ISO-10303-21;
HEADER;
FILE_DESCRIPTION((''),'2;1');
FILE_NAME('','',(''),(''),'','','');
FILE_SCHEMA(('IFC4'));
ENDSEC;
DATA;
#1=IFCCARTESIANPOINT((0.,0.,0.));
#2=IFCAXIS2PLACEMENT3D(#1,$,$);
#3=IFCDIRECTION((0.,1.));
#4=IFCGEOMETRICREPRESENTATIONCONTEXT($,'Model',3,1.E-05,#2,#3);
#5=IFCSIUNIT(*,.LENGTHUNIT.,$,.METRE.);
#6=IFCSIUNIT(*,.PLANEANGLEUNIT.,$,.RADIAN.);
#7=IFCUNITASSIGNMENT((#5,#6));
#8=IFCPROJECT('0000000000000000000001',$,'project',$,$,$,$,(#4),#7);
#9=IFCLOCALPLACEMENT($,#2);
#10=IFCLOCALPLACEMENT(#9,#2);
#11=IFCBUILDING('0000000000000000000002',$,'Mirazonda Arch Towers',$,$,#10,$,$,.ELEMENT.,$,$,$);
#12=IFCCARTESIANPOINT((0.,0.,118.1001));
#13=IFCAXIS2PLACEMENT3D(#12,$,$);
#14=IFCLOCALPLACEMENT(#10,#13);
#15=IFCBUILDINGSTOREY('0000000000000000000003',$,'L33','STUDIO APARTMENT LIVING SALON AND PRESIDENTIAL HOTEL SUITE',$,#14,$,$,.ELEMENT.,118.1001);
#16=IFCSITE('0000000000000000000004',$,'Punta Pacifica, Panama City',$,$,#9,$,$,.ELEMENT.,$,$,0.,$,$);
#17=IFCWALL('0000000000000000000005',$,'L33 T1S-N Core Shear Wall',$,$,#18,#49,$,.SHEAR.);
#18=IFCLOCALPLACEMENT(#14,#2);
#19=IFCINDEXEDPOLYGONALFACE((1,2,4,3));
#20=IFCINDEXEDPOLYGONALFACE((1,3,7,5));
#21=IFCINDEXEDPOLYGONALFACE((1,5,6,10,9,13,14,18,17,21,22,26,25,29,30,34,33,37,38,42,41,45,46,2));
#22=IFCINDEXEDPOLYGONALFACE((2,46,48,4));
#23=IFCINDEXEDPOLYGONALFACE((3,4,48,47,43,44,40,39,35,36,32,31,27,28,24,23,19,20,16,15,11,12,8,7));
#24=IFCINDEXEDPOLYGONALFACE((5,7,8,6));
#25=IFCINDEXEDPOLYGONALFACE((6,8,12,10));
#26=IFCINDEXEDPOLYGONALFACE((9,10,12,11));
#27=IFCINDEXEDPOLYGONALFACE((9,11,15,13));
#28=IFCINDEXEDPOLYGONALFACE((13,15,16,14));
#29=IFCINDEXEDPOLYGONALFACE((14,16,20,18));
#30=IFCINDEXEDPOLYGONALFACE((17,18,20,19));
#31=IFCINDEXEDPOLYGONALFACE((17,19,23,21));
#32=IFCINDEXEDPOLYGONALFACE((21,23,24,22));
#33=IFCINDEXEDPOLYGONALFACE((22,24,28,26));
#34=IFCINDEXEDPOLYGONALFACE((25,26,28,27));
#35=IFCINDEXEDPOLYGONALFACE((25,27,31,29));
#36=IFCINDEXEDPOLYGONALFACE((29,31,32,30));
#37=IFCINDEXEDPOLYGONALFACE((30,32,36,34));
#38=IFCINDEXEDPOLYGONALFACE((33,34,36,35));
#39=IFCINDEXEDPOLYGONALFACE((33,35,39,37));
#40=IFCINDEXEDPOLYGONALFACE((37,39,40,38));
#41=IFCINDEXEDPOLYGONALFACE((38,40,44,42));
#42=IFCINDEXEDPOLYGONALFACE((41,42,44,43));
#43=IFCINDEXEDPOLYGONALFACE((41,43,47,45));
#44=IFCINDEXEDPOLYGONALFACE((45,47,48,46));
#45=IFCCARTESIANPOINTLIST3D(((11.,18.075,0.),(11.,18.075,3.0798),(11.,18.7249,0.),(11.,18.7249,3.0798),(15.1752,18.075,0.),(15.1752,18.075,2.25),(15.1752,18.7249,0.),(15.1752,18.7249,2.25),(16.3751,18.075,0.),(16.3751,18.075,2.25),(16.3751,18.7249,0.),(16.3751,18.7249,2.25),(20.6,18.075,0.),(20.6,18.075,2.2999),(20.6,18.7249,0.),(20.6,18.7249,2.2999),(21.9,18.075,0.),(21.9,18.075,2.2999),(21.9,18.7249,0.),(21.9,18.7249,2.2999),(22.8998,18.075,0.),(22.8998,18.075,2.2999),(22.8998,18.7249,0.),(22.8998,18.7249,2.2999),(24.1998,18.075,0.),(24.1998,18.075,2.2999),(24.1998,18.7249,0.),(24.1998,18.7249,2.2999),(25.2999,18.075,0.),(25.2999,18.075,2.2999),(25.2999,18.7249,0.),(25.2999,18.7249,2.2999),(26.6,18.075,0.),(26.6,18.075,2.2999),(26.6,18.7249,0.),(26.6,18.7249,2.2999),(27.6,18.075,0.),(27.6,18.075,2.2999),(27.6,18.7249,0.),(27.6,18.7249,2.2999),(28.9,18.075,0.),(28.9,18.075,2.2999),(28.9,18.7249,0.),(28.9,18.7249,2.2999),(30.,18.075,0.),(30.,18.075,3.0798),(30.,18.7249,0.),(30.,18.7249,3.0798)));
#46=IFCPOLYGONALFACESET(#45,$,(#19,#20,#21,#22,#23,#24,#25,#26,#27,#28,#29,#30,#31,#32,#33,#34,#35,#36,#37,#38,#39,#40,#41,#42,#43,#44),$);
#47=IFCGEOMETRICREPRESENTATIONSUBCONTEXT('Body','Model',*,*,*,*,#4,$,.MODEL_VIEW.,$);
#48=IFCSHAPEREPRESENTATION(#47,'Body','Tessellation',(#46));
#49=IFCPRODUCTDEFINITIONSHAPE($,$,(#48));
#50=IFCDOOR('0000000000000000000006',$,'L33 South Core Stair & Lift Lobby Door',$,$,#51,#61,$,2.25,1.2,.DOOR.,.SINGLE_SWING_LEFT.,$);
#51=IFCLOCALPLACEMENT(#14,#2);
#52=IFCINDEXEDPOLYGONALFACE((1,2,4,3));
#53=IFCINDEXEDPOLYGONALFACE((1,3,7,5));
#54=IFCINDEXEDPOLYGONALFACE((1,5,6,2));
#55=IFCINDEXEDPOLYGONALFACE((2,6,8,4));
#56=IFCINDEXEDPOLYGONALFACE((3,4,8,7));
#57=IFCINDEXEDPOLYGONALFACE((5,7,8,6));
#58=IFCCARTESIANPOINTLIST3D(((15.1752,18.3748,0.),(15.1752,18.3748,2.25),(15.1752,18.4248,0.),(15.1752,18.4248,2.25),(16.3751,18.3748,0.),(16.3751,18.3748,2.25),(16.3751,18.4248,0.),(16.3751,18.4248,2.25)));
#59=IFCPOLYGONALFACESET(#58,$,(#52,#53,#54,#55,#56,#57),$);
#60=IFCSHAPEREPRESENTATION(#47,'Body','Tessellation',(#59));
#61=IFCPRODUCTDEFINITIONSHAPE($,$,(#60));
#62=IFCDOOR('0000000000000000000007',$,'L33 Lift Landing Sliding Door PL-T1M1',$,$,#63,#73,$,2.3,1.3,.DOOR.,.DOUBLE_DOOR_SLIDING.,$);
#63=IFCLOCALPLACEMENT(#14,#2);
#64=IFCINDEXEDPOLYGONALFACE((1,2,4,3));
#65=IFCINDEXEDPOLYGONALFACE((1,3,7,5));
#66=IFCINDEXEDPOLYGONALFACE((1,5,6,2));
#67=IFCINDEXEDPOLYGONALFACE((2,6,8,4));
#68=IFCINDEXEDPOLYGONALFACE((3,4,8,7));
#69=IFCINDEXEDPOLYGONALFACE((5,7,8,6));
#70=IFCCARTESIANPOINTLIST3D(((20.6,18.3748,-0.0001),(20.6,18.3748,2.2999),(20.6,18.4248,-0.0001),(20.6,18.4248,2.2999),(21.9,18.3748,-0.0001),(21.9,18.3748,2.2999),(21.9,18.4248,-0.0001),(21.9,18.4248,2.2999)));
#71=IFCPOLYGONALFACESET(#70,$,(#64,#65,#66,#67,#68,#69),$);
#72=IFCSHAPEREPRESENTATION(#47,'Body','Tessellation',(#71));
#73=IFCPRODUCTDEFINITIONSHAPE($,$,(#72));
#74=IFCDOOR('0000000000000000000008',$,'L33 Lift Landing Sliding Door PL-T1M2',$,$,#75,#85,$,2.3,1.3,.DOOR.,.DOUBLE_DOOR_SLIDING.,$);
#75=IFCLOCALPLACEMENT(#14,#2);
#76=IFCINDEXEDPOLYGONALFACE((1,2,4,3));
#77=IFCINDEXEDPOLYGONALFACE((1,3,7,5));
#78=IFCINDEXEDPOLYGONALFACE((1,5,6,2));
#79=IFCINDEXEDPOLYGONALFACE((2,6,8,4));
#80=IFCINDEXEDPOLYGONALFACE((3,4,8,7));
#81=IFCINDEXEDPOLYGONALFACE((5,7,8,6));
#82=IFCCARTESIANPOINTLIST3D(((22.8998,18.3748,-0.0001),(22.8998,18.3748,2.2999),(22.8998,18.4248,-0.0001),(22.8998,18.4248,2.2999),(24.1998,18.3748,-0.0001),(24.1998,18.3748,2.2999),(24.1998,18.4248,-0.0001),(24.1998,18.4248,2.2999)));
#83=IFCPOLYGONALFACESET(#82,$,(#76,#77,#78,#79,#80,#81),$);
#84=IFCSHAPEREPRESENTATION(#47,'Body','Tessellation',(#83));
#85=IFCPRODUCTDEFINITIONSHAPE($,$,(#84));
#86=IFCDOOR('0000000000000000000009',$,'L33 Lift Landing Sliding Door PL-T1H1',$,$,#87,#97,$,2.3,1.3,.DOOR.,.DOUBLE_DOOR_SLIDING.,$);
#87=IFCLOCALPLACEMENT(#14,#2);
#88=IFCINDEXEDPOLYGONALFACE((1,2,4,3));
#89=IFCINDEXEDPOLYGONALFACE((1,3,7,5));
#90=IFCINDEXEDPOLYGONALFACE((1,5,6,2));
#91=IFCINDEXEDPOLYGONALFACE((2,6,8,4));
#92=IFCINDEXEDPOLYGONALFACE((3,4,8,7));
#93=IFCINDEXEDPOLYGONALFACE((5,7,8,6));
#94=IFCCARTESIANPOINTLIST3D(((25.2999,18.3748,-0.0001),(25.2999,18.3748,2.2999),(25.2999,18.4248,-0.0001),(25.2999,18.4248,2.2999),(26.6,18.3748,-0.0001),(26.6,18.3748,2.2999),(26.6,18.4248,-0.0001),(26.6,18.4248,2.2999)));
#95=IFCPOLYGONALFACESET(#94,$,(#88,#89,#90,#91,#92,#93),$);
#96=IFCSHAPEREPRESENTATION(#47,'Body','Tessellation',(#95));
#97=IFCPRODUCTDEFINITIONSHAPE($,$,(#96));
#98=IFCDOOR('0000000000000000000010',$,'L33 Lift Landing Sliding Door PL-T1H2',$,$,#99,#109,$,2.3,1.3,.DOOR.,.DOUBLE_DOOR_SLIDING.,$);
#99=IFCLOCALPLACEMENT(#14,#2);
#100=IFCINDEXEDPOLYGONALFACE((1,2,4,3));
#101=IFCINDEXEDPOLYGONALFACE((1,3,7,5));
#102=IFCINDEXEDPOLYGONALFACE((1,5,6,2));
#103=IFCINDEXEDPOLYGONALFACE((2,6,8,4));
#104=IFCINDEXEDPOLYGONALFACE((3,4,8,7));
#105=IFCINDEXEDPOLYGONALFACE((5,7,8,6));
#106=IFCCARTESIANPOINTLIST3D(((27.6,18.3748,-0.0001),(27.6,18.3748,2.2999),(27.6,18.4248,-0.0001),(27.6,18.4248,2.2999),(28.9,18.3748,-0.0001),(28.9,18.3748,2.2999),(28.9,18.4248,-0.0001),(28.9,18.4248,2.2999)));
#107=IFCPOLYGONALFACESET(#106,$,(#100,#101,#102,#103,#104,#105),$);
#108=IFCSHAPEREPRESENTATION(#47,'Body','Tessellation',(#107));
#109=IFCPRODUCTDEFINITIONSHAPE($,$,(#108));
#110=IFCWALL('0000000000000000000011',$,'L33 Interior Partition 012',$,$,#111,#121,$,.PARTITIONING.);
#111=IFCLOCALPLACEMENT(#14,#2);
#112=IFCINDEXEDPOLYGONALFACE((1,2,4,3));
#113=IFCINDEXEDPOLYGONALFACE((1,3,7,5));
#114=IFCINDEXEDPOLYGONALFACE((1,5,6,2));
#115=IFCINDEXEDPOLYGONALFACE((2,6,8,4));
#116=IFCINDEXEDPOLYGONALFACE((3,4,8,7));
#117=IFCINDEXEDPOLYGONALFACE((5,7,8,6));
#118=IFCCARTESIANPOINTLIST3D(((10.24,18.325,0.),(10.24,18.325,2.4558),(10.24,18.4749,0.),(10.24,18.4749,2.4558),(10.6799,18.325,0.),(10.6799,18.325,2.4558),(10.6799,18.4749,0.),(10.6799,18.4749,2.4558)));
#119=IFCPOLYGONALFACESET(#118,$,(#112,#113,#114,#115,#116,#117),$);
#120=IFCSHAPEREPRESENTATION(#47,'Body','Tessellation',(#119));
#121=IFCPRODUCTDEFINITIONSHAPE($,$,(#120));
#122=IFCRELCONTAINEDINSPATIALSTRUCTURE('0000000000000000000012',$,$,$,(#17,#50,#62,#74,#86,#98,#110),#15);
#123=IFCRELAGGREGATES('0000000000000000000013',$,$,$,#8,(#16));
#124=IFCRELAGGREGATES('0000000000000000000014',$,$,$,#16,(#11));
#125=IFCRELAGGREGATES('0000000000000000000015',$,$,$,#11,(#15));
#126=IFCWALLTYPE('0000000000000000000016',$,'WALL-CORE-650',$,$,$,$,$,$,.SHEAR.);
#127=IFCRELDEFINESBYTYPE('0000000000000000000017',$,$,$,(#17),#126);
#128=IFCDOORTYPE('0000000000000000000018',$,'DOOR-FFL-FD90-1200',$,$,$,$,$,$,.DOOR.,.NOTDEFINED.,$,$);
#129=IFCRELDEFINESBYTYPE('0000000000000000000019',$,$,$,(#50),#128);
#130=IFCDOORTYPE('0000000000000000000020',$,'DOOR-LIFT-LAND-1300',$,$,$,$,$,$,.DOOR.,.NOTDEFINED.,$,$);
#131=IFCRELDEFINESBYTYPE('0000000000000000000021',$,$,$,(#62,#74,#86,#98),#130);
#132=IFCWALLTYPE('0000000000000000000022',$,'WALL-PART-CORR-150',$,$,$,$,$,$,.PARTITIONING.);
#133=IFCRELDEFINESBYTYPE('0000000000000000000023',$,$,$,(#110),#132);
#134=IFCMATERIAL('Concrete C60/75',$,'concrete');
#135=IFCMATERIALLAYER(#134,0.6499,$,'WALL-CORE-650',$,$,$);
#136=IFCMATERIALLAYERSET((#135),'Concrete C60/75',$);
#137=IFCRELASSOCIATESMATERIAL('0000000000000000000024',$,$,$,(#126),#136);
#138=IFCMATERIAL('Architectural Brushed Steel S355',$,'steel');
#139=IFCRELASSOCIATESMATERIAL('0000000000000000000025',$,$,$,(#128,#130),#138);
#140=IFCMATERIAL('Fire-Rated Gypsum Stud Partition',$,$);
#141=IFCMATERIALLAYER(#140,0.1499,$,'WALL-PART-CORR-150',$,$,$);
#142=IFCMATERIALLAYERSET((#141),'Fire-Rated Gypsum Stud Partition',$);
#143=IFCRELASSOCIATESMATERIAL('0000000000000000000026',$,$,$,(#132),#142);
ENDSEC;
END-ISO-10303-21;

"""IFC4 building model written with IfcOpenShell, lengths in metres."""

from ifc_helpers import new_model, si_unit, direction, frame, frame_2d, origin, place, context, subcontext, project, spatial, rectangle, extrude, material, layer, layer_set, type_object, element, fill, save


model = new_model("IFC4")

# Units and contexts
model_context = context("Model", 3, precision=1e-05, world=origin(), true_north=direction((0.0, 1.0)))
body_context = subcontext(model_context, "Body", "Model", "MODEL_VIEW")
ifc_project = project(units=[si_unit("LENGTHUNIT", "METRE"), si_unit("PLANEANGLEUNIT", "RADIAN")], contexts=[model_context])

# Site, building, storey
site_placement = place(None, origin())
site = spatial("IfcSite", under=ifc_project, at=site_placement, Name="Punta Pacifica, Panama City", CompositionType="ELEMENT", RefElevation=0.0)
building_placement = place(site_placement, origin())
building = spatial("IfcBuilding", under=site, at=building_placement, Name="Mirazonda Arch Towers", CompositionType="ELEMENT")
storey_placement = place(building_placement, frame((0.0, 0.0, 118.1001)))
storey = spatial("IfcBuildingStorey", under=building, at=storey_placement, Name="L33", Description="STUDIO APARTMENT LIVING SALON AND PRESIDENTIAL HOTEL SUITE", CompositionType="ELEMENT", Elevation=118.1001)

# Shared definitions
ifc_material_1 = material(Name="Architectural Brushed Steel S355", Category="steel")

# Wall, openings, doors
ifc_material_2 = material(Name="Concrete C60/75", Category="concrete")
ifc_layer_1 = layer(ifc_material_2, 0.6499, Name="WALL-CORE-650")
ifc_layer_set_1 = layer_set([ifc_layer_1], Name="Concrete C60/75")
wall_type_1 = type_object("IfcWallType", Name="WALL-CORE-650", PredefinedType="SHEAR", material=ifc_layer_set_1)
wall_1_placement = place(storey_placement, frame((11.0, 18.3999, 0.0), z_axis=(0.0, 0.0, 1.0), x_axis=(1.0, 0.0, 0.0)))
wall_1 = element("IfcWall", 1, at=wall_1_placement, inside=storey, type_object=wall_type_1, Name="L33 T1S-N Core Shear Wall", PredefinedType="SHEAR", context=body_context, shape_type="SweptSolid", body=[
    extrude(rectangle(XDim=19.0, YDim=0.6499, at=frame_2d((9.5, 0.0))), origin(), (0.0, 0.0, 1.0), 3.0798),
])
opening_1_placement = place(wall_1_placement, frame((4.175, 0.0, 0.0)))
opening_1 = element("IfcOpeningElement", 2, at=opening_1_placement, cuts=wall_1, PredefinedType="OPENING", context=body_context, shape_type="SweptSolid", body=[
    extrude(rectangle(XDim=1.2, YDim=2.25, at=frame_2d((0.6001, 1.125))), frame((0.0, 0.335, 0.0), z_axis=(0.0, -1.0, 0.0), x_axis=(1.0, 0.0, 0.0)), (0.0, 0.0, 1.0), 0.6699),
])
opening_2_placement = place(wall_1_placement, frame((9.6001, 0.0, 0.0)))
opening_2 = element("IfcOpeningElement", 3, at=opening_2_placement, cuts=wall_1, PredefinedType="OPENING", context=body_context, shape_type="SweptSolid", body=[
    extrude(rectangle(XDim=1.3, YDim=2.3, at=frame_2d((0.6499, 1.1499))), frame((0.0, 0.335, 0.0), z_axis=(0.0, -1.0, 0.0), x_axis=(1.0, 0.0, 0.0)), (0.0, 0.0, 1.0), 0.6699),
])
opening_3_placement = place(wall_1_placement, frame((11.8999, 0.0, 0.0)))
opening_3 = element("IfcOpeningElement", 4, at=opening_3_placement, cuts=wall_1, PredefinedType="OPENING", context=body_context, shape_type="SweptSolid", body=[
    extrude(rectangle(XDim=1.3, YDim=2.3, at=frame_2d((0.6499, 1.1499))), frame((0.0, 0.335, 0.0), z_axis=(0.0, -1.0, 0.0), x_axis=(1.0, 0.0, 0.0)), (0.0, 0.0, 1.0), 0.6699),
])
opening_4_placement = place(wall_1_placement, frame((14.3, 0.0, 0.0)))
opening_4 = element("IfcOpeningElement", 5, at=opening_4_placement, cuts=wall_1, PredefinedType="OPENING", context=body_context, shape_type="SweptSolid", body=[
    extrude(rectangle(XDim=1.3, YDim=2.3, at=frame_2d((0.6499, 1.1499))), frame((0.0, 0.335, 0.0), z_axis=(0.0, -1.0, 0.0), x_axis=(1.0, 0.0, 0.0)), (0.0, 0.0, 1.0), 0.6699),
])
opening_5_placement = place(wall_1_placement, frame((16.6001, 0.0, 0.0)))
opening_5 = element("IfcOpeningElement", 6, at=opening_5_placement, cuts=wall_1, PredefinedType="OPENING", context=body_context, shape_type="SweptSolid", body=[
    extrude(rectangle(XDim=1.3, YDim=2.3, at=frame_2d((0.6499, 1.1499))), frame((0.0, 0.335, 0.0), z_axis=(0.0, -1.0, 0.0), x_axis=(1.0, 0.0, 0.0)), (0.0, 0.0, 1.0), 0.6699),
])
door_type_1 = type_object("IfcDoorType", Name="DOOR-FFL-FD90-1200", OperationType="NOTDEFINED", PredefinedType="DOOR", material=ifc_material_1)
door_1_placement = place(opening_1_placement, origin())
door_1 = element("IfcDoor", 7, at=door_1_placement, inside=storey, type_object=door_type_1, Name="L33 South Core Stair & Lift Lobby Door", OperationType="SINGLE_SWING_LEFT", OverallHeight=2.25, OverallWidth=1.2, PredefinedType="DOOR", context=body_context, shape_type="SweptSolid", body=[
    extrude(rectangle(XDim=1.2, YDim=2.25, at=frame_2d((0.6001, 1.125))), frame((0.0, 0.0249, 0.0), z_axis=(0.0, -1.0, 0.0), x_axis=(1.0, 0.0, 0.0)), (0.0, 0.0, 1.0), 0.05),
])
fill(opening_1, door_1)
door_type_2 = type_object("IfcDoorType", Name="DOOR-LIFT-LAND-1300", OperationType="NOTDEFINED", PredefinedType="DOOR", material=ifc_material_1)
door_2_placement = place(opening_2_placement, origin())
door_2 = element("IfcDoor", 8, at=door_2_placement, inside=storey, type_object=door_type_2, Name="L33 Lift Landing Sliding Door PL-T1M1", OperationType="DOUBLE_DOOR_SLIDING", OverallHeight=2.3, OverallWidth=1.3, PredefinedType="DOOR", context=body_context, shape_type="SweptSolid", body=[
    extrude(rectangle(XDim=1.3, YDim=2.3, at=frame_2d((0.6499, 1.1499))), frame((0.0, 0.0249, 0.0), z_axis=(0.0, -1.0, 0.0), x_axis=(1.0, 0.0, 0.0)), (0.0, 0.0, 1.0), 0.05),
])
fill(opening_2, door_2)
door_3_placement = place(opening_3_placement, origin())
door_3 = element("IfcDoor", 9, at=door_3_placement, inside=storey, type_object=door_type_2, Name="L33 Lift Landing Sliding Door PL-T1M2", OperationType="DOUBLE_DOOR_SLIDING", OverallHeight=2.3, OverallWidth=1.3, PredefinedType="DOOR", context=body_context, shape_type="SweptSolid", body=[
    extrude(rectangle(XDim=1.3, YDim=2.3, at=frame_2d((0.6499, 1.1499))), frame((0.0, 0.0249, 0.0), z_axis=(0.0, -1.0, 0.0), x_axis=(1.0, 0.0, 0.0)), (0.0, 0.0, 1.0), 0.05),
])
fill(opening_3, door_3)
door_4_placement = place(opening_4_placement, origin())
door_4 = element("IfcDoor", 10, at=door_4_placement, inside=storey, type_object=door_type_2, Name="L33 Lift Landing Sliding Door PL-T1H1", OperationType="DOUBLE_DOOR_SLIDING", OverallHeight=2.3, OverallWidth=1.3, PredefinedType="DOOR", context=body_context, shape_type="SweptSolid", body=[
    extrude(rectangle(XDim=1.3, YDim=2.3, at=frame_2d((0.6499, 1.1499))), frame((0.0, 0.0249, 0.0), z_axis=(0.0, -1.0, 0.0), x_axis=(1.0, 0.0, 0.0)), (0.0, 0.0, 1.0), 0.05),
])
fill(opening_4, door_4)
door_5_placement = place(opening_5_placement, origin())
door_5 = element("IfcDoor", 11, at=door_5_placement, inside=storey, type_object=door_type_2, Name="L33 Lift Landing Sliding Door PL-T1H2", OperationType="DOUBLE_DOOR_SLIDING", OverallHeight=2.3, OverallWidth=1.3, PredefinedType="DOOR", context=body_context, shape_type="SweptSolid", body=[
    extrude(rectangle(XDim=1.3, YDim=2.3, at=frame_2d((0.6499, 1.1499))), frame((0.0, 0.0249, 0.0), z_axis=(0.0, -1.0, 0.0), x_axis=(1.0, 0.0, 0.0)), (0.0, 0.0, 1.0), 0.05),
])
fill(opening_5, door_5)

# Wall
ifc_material_3 = material(Name="Fire-Rated Gypsum Stud Partition")
ifc_layer_2 = layer(ifc_material_3, 0.1499, Name="WALL-PART-CORR-150")
ifc_layer_set_2 = layer_set([ifc_layer_2], Name="Fire-Rated Gypsum Stud Partition")
wall_type_2 = type_object("IfcWallType", Name="WALL-PART-CORR-150", PredefinedType="PARTITIONING", material=ifc_layer_set_2)
wall_2_placement = place(storey_placement, frame((10.24, 18.3999, 0.0), z_axis=(0.0, 0.0, 1.0), x_axis=(1.0, 0.0, 0.0)))
element("IfcWall", 12, at=wall_2_placement, inside=storey, type_object=wall_type_2, Name="L33 Interior Partition 012", PredefinedType="PARTITIONING", context=body_context, shape_type="SweptSolid", body=[
    extrude(rectangle(XDim=0.4399, YDim=0.1499, at=frame_2d((0.22, 0.0))), origin(), (0.0, 0.0, 1.0), 2.4558),
])

save(model, "model.ifc")
